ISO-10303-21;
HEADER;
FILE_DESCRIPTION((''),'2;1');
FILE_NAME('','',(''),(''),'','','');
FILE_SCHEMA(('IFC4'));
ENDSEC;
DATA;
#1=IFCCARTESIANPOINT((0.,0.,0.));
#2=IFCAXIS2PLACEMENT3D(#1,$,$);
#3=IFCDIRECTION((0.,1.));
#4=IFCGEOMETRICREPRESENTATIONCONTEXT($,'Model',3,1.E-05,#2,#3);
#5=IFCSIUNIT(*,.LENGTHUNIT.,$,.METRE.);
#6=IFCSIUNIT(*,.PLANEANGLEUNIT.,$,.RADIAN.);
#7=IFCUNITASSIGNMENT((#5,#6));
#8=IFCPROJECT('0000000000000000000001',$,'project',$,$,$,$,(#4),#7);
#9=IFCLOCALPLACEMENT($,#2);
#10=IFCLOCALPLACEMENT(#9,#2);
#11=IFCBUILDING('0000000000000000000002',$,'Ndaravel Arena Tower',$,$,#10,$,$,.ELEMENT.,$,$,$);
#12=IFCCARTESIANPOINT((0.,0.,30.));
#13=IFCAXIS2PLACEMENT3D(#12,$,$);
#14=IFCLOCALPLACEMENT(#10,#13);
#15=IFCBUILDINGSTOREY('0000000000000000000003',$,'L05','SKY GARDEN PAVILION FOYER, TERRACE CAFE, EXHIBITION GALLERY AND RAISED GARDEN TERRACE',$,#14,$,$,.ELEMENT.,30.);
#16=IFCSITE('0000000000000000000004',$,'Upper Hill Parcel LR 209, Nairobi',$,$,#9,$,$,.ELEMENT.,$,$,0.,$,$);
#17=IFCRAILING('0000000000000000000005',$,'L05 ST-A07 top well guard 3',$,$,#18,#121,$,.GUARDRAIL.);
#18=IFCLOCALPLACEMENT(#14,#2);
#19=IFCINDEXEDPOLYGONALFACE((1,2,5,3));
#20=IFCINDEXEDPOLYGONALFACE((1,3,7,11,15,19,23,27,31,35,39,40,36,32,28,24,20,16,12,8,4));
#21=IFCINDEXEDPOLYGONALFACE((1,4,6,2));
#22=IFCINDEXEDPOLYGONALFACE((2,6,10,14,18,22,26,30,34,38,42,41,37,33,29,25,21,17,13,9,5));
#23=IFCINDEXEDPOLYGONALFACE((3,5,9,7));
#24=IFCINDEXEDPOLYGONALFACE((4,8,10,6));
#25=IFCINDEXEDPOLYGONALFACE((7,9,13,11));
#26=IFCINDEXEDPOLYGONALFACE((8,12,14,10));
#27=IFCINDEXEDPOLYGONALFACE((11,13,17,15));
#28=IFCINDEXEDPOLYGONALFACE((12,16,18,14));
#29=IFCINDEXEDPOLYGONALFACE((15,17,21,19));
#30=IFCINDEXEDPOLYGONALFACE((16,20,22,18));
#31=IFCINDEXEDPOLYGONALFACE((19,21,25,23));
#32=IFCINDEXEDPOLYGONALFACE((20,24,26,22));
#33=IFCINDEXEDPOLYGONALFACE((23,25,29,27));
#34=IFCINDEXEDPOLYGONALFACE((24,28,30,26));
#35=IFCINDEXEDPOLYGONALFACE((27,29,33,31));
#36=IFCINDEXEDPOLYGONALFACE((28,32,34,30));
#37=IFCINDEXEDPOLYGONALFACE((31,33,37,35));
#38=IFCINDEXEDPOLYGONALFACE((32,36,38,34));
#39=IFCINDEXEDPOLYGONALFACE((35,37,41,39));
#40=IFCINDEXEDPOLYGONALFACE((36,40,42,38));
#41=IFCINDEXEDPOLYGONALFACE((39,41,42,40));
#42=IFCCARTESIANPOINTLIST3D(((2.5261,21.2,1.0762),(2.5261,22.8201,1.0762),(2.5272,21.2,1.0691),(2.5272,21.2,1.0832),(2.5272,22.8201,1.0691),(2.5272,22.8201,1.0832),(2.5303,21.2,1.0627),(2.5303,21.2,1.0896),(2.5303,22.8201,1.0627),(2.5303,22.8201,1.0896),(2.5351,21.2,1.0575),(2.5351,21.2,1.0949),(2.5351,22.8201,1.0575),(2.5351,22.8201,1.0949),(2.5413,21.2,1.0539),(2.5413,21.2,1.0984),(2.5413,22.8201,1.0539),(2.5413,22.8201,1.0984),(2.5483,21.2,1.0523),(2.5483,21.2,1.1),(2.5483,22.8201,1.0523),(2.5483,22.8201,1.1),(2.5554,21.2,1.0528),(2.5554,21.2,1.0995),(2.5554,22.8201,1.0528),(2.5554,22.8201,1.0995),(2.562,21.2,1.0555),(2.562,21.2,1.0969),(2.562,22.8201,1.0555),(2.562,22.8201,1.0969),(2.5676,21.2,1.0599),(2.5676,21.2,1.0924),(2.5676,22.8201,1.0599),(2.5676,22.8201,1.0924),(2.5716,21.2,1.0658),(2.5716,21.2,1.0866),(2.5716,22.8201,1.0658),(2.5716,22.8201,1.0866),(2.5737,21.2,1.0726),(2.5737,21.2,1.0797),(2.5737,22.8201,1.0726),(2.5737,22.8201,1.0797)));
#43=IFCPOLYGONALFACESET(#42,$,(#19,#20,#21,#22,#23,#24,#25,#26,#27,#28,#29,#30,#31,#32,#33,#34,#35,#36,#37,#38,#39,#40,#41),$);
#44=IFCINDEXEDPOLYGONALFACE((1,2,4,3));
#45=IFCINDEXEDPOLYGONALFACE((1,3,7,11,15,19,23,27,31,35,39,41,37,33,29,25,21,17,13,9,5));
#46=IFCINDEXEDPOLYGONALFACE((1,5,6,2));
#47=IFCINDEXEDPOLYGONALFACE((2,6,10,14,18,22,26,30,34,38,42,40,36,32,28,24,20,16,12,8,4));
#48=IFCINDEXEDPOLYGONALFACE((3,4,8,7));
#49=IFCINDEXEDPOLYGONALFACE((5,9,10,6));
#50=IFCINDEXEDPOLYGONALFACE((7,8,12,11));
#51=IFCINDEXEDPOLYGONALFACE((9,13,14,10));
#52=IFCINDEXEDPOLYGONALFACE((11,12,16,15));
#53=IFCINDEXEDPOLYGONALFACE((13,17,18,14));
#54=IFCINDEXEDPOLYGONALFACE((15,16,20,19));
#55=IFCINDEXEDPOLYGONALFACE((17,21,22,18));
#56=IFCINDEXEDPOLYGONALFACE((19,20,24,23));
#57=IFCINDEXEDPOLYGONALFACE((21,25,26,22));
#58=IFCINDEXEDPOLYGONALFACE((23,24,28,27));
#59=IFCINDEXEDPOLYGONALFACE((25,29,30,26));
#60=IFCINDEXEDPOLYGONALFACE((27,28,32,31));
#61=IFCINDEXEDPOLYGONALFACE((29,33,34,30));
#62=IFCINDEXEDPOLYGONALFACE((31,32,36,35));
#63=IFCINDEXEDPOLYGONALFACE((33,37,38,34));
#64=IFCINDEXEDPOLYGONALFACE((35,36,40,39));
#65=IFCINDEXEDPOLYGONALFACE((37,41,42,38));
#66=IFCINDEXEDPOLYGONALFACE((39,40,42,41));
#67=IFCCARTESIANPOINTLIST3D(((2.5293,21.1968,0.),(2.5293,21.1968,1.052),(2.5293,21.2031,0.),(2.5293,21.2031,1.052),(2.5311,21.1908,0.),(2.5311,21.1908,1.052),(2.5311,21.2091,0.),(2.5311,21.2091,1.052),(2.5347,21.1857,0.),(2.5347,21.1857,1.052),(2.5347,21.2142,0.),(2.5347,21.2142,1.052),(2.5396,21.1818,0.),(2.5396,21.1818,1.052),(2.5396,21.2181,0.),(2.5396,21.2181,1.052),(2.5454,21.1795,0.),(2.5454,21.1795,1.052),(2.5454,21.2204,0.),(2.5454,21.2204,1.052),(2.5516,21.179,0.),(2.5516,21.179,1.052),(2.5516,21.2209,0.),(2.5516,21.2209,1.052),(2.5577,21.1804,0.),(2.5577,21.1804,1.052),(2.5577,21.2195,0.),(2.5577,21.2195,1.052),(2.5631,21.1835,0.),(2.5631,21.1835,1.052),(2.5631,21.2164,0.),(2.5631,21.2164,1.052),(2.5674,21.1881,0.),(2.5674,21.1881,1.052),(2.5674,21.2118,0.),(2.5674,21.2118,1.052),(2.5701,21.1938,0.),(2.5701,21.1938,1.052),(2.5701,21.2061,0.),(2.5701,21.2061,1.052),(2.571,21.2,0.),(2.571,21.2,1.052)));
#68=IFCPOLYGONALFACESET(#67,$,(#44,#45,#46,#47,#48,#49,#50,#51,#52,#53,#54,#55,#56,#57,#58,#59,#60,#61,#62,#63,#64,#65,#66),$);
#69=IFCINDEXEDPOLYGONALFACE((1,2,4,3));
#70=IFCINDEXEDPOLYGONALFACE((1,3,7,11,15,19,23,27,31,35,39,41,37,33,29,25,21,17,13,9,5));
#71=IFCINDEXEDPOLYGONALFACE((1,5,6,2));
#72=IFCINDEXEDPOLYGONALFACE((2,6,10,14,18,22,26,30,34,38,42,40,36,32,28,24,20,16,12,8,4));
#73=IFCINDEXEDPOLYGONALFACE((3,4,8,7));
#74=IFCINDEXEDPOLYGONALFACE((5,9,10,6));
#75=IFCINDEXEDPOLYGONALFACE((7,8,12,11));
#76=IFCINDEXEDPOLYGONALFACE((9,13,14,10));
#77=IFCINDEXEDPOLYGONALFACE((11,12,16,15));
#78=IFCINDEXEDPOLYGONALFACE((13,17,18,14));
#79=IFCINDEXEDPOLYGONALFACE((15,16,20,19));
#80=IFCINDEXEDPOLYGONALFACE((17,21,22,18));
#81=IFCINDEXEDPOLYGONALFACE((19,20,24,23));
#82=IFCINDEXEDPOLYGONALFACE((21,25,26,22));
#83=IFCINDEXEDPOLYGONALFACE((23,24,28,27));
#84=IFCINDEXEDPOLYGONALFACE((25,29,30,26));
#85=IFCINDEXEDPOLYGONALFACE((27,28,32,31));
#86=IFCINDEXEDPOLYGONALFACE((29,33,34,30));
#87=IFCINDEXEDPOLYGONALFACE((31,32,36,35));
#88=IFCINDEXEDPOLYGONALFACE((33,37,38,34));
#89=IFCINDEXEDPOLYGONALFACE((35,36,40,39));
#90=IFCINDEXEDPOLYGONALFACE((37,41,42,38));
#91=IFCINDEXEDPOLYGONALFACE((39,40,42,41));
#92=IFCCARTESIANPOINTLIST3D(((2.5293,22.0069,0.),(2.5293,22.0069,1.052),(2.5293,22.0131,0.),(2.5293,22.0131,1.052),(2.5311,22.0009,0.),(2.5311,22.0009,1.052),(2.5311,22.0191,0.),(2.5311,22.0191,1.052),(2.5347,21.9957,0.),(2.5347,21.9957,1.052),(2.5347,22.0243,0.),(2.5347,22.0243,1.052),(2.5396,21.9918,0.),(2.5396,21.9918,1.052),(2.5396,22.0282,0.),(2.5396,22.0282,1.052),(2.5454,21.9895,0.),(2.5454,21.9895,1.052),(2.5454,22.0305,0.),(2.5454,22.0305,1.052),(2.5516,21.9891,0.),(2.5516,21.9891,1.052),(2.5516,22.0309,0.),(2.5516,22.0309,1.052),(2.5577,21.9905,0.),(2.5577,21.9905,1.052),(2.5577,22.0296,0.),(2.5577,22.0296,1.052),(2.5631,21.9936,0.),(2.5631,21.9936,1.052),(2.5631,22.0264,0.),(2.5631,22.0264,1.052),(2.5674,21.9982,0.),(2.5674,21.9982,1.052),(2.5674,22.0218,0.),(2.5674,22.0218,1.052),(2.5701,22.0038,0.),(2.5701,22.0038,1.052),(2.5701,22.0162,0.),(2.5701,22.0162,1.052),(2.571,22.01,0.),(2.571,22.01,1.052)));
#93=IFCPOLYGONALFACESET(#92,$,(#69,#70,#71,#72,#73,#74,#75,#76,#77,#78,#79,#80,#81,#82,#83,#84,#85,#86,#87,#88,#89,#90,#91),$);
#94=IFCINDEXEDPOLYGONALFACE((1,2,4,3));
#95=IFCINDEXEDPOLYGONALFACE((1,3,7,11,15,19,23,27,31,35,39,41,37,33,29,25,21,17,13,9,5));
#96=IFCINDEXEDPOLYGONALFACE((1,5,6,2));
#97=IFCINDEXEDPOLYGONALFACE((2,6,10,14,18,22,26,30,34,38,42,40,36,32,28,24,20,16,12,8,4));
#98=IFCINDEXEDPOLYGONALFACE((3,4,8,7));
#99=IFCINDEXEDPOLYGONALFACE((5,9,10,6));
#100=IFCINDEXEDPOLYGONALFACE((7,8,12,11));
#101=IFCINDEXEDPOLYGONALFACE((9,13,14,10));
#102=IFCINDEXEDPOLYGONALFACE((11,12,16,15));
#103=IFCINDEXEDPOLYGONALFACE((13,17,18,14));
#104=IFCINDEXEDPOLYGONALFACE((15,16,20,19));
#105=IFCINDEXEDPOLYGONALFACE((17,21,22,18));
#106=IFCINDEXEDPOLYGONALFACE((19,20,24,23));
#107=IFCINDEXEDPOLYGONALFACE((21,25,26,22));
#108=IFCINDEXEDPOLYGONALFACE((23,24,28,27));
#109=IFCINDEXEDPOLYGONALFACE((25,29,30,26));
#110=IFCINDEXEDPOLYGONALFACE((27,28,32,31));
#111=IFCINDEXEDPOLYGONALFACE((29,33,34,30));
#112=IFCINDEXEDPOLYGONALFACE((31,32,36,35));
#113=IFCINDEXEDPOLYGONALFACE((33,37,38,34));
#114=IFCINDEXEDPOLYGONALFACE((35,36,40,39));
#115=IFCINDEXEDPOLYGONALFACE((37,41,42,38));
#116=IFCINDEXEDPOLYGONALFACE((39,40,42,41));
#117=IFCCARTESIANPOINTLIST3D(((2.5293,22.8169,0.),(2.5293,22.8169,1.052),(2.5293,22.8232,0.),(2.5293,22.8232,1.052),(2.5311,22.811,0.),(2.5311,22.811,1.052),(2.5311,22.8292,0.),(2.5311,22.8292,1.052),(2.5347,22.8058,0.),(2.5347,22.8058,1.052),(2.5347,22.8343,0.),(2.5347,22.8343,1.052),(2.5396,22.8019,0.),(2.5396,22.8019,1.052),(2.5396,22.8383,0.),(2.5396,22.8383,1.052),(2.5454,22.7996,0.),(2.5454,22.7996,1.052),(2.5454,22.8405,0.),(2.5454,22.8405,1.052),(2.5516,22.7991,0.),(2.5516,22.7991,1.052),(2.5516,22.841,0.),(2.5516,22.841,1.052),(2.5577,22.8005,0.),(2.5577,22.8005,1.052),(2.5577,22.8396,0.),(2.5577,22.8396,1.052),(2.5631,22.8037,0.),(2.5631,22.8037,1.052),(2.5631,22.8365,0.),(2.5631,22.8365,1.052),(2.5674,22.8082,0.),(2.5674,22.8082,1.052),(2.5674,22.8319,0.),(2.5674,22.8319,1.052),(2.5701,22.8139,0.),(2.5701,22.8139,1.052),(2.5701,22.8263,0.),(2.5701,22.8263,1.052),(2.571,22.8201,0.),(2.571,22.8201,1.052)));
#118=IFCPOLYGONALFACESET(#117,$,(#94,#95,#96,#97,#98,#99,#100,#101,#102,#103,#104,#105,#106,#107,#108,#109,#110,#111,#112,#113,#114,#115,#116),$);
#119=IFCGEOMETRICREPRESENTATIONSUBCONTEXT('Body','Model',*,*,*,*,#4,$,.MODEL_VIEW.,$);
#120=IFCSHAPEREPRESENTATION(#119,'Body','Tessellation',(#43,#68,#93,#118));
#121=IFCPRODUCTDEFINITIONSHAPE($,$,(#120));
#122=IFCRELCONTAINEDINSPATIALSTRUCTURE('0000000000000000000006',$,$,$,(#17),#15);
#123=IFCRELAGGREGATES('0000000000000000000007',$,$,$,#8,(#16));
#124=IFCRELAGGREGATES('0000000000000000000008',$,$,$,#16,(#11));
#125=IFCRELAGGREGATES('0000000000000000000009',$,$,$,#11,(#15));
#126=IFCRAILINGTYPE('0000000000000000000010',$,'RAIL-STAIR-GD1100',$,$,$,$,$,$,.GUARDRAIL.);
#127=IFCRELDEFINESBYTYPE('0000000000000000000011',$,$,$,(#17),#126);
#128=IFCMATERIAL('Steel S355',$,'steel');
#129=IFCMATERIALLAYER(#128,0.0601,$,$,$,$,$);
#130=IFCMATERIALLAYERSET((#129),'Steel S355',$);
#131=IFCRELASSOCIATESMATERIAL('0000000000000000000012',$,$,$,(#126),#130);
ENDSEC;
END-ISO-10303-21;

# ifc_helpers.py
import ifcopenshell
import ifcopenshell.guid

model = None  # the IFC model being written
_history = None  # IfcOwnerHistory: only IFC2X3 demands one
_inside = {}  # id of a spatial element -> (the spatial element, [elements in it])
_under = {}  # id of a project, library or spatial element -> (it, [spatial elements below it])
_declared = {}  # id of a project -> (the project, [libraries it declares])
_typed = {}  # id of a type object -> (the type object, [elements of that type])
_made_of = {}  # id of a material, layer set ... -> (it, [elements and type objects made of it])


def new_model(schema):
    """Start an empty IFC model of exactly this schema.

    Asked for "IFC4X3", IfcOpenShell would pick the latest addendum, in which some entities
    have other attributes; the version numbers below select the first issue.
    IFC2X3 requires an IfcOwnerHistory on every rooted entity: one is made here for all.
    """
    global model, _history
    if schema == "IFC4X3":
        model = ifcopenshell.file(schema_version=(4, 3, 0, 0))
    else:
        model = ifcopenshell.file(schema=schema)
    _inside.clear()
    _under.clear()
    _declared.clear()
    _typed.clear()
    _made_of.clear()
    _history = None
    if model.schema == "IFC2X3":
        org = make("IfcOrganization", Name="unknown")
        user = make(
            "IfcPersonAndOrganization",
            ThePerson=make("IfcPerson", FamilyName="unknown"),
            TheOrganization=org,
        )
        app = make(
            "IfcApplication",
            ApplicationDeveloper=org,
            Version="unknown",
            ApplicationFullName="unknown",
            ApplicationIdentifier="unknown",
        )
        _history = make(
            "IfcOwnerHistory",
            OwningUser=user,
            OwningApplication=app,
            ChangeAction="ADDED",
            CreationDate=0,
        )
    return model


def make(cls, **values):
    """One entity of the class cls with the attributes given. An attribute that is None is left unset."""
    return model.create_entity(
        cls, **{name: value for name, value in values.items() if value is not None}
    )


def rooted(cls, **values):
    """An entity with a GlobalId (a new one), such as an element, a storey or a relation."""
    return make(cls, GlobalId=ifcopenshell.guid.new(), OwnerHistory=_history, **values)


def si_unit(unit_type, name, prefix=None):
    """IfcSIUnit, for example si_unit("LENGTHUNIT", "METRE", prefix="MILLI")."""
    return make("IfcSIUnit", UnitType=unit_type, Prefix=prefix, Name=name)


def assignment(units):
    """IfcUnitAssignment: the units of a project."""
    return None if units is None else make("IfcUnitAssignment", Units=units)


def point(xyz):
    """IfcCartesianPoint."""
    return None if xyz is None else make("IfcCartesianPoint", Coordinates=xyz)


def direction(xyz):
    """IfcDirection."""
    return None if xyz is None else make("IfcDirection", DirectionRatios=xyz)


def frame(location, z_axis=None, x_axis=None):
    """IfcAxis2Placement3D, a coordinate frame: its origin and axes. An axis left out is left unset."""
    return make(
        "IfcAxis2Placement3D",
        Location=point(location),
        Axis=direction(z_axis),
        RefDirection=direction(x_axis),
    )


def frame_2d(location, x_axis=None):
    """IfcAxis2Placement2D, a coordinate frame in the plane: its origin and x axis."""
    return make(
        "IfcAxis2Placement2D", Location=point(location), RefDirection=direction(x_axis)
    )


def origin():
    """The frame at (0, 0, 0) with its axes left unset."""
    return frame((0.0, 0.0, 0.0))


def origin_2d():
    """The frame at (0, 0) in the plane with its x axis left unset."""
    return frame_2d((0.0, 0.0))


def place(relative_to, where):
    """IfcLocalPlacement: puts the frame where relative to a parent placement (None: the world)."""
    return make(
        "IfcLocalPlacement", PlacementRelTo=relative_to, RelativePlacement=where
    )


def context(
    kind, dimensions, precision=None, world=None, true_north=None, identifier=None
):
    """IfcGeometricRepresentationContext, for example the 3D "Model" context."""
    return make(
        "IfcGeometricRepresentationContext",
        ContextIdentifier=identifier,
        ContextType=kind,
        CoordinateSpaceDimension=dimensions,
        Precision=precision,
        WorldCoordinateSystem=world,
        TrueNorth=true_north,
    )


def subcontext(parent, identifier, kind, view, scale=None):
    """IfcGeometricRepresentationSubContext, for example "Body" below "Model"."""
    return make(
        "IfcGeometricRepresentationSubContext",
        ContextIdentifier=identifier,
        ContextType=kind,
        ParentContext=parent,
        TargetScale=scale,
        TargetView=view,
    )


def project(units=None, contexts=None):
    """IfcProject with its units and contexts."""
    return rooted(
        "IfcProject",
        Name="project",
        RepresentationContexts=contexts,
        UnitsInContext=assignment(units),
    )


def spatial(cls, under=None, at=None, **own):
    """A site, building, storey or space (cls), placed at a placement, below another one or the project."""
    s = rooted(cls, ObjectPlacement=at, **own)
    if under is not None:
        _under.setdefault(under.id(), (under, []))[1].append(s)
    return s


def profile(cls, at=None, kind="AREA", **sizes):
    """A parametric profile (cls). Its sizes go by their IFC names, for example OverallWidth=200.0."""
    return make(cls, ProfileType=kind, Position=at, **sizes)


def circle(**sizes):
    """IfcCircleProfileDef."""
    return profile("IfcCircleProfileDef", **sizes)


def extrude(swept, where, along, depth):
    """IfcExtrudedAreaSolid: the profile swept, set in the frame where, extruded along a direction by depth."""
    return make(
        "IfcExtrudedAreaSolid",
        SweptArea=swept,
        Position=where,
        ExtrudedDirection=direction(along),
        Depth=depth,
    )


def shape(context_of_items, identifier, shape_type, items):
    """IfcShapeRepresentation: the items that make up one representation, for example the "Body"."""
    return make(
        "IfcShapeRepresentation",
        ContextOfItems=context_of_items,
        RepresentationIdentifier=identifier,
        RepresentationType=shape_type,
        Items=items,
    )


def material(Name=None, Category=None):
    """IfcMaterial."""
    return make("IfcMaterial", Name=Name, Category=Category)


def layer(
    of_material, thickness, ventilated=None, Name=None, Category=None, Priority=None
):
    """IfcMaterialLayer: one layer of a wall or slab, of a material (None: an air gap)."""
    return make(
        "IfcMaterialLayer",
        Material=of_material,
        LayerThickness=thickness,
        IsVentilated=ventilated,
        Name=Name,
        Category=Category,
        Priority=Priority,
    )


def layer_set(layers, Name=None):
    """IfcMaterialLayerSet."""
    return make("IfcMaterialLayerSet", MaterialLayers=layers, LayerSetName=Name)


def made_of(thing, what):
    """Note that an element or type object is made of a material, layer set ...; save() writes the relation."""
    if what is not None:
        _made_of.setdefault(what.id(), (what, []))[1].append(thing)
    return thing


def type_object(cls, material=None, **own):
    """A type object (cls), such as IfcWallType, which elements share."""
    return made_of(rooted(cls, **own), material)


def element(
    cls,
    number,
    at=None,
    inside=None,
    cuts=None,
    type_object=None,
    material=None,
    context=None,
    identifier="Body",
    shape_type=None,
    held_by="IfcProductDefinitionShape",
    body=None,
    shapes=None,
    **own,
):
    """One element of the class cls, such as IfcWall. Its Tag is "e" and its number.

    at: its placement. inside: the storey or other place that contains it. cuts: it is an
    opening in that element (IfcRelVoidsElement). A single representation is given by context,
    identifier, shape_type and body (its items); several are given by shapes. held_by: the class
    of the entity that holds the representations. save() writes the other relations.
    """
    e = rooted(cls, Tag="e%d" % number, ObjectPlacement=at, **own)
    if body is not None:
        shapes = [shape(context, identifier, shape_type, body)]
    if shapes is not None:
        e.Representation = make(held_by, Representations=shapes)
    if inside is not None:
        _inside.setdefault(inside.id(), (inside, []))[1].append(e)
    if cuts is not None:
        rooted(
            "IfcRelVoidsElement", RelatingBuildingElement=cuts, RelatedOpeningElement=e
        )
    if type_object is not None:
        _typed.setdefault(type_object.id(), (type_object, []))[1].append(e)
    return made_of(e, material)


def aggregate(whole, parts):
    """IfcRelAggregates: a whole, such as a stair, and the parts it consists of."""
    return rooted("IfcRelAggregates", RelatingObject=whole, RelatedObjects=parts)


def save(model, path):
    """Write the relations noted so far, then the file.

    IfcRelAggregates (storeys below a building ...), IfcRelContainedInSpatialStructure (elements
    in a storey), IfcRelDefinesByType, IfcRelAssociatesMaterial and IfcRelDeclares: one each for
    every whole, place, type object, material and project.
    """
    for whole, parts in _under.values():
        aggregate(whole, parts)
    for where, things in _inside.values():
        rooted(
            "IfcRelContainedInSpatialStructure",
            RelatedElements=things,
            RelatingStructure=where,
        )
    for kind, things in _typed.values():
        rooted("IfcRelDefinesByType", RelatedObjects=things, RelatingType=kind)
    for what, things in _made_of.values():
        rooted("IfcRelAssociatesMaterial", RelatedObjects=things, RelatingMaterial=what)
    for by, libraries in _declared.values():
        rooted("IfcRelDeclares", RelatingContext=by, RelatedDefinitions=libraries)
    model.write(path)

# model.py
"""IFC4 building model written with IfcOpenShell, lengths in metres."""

from ifc_helpers import new_model, si_unit, direction, frame, origin, origin_2d, place, context, subcontext, project, spatial, circle, extrude, material, layer, layer_set, type_object, element, save


model = new_model("IFC4")

# Units and contexts
model_context = context("Model", 3, precision=1e-05, world=origin(), true_north=direction((0.0, 1.0)))
body_context = subcontext(model_context, "Body", "Model", "MODEL_VIEW")
ifc_project = project(units=[si_unit("LENGTHUNIT", "METRE"), si_unit("PLANEANGLEUNIT", "RADIAN")], contexts=[model_context])

# Site, building, storey
site_placement = place(None, origin())
site = spatial("IfcSite", under=ifc_project, at=site_placement, Name="Upper Hill Parcel LR 209, Nairobi", CompositionType="ELEMENT", RefElevation=0.0)
building_placement = place(site_placement, origin())
building = spatial("IfcBuilding", under=site, at=building_placement, Name="Ndaravel Arena Tower", CompositionType="ELEMENT")
storey_placement = place(building_placement, frame((0.0, 0.0, 30.0)))
storey = spatial("IfcBuildingStorey", under=building, at=storey_placement, Name="L05", Description="SKY GARDEN PAVILION FOYER, TERRACE CAFE, EXHIBITION GALLERY AND RAISED GARDEN TERRACE", CompositionType="ELEMENT", Elevation=30.0)

# Railing
ifc_material_1 = material(Name="Steel S355", Category="steel")
ifc_layer_1 = layer(ifc_material_1, 0.0601)
ifc_layer_set_1 = layer_set([ifc_layer_1], Name="Steel S355")
railing_type_1 = type_object("IfcRailingType", Name="RAIL-STAIR-GD1100", PredefinedType="GUARDRAIL", material=ifc_layer_set_1)
for number, where, name in (
    (1, (2.55, 21.2, 0.0), "L05 ST-A07 top well guard 3"),
):
    element("IfcRailing", number, at=place(storey_placement, frame(where)), inside=storey, type_object=railing_type_1, Name=name, PredefinedType="GUARDRAIL", context=body_context, shape_type="SweptSolid", body=[
        extrude(circle(Radius=0.0239, at=origin_2d()), frame((0.0, 0.0, 1.0762), z_axis=(0.0, 1.0, 0.0), x_axis=(-1.0, 0.0, 0.0)), (0.0, 0.0, 1.0), 1.6201),
        extrude(circle(Radius=0.021, at=origin_2d()), origin(), (0.0, 0.0, 1.0), 1.052),
        extrude(circle(Radius=0.021, at=origin_2d()), frame((0.0, 0.8101, 0.0)), (0.0, 0.0, 1.0), 1.052),
        extrude(circle(Radius=0.021, at=origin_2d()), frame((0.0, 1.6201, 0.0)), (0.0, 0.0, 1.0), 1.052),
    ])

save(model, "model.ifc")
